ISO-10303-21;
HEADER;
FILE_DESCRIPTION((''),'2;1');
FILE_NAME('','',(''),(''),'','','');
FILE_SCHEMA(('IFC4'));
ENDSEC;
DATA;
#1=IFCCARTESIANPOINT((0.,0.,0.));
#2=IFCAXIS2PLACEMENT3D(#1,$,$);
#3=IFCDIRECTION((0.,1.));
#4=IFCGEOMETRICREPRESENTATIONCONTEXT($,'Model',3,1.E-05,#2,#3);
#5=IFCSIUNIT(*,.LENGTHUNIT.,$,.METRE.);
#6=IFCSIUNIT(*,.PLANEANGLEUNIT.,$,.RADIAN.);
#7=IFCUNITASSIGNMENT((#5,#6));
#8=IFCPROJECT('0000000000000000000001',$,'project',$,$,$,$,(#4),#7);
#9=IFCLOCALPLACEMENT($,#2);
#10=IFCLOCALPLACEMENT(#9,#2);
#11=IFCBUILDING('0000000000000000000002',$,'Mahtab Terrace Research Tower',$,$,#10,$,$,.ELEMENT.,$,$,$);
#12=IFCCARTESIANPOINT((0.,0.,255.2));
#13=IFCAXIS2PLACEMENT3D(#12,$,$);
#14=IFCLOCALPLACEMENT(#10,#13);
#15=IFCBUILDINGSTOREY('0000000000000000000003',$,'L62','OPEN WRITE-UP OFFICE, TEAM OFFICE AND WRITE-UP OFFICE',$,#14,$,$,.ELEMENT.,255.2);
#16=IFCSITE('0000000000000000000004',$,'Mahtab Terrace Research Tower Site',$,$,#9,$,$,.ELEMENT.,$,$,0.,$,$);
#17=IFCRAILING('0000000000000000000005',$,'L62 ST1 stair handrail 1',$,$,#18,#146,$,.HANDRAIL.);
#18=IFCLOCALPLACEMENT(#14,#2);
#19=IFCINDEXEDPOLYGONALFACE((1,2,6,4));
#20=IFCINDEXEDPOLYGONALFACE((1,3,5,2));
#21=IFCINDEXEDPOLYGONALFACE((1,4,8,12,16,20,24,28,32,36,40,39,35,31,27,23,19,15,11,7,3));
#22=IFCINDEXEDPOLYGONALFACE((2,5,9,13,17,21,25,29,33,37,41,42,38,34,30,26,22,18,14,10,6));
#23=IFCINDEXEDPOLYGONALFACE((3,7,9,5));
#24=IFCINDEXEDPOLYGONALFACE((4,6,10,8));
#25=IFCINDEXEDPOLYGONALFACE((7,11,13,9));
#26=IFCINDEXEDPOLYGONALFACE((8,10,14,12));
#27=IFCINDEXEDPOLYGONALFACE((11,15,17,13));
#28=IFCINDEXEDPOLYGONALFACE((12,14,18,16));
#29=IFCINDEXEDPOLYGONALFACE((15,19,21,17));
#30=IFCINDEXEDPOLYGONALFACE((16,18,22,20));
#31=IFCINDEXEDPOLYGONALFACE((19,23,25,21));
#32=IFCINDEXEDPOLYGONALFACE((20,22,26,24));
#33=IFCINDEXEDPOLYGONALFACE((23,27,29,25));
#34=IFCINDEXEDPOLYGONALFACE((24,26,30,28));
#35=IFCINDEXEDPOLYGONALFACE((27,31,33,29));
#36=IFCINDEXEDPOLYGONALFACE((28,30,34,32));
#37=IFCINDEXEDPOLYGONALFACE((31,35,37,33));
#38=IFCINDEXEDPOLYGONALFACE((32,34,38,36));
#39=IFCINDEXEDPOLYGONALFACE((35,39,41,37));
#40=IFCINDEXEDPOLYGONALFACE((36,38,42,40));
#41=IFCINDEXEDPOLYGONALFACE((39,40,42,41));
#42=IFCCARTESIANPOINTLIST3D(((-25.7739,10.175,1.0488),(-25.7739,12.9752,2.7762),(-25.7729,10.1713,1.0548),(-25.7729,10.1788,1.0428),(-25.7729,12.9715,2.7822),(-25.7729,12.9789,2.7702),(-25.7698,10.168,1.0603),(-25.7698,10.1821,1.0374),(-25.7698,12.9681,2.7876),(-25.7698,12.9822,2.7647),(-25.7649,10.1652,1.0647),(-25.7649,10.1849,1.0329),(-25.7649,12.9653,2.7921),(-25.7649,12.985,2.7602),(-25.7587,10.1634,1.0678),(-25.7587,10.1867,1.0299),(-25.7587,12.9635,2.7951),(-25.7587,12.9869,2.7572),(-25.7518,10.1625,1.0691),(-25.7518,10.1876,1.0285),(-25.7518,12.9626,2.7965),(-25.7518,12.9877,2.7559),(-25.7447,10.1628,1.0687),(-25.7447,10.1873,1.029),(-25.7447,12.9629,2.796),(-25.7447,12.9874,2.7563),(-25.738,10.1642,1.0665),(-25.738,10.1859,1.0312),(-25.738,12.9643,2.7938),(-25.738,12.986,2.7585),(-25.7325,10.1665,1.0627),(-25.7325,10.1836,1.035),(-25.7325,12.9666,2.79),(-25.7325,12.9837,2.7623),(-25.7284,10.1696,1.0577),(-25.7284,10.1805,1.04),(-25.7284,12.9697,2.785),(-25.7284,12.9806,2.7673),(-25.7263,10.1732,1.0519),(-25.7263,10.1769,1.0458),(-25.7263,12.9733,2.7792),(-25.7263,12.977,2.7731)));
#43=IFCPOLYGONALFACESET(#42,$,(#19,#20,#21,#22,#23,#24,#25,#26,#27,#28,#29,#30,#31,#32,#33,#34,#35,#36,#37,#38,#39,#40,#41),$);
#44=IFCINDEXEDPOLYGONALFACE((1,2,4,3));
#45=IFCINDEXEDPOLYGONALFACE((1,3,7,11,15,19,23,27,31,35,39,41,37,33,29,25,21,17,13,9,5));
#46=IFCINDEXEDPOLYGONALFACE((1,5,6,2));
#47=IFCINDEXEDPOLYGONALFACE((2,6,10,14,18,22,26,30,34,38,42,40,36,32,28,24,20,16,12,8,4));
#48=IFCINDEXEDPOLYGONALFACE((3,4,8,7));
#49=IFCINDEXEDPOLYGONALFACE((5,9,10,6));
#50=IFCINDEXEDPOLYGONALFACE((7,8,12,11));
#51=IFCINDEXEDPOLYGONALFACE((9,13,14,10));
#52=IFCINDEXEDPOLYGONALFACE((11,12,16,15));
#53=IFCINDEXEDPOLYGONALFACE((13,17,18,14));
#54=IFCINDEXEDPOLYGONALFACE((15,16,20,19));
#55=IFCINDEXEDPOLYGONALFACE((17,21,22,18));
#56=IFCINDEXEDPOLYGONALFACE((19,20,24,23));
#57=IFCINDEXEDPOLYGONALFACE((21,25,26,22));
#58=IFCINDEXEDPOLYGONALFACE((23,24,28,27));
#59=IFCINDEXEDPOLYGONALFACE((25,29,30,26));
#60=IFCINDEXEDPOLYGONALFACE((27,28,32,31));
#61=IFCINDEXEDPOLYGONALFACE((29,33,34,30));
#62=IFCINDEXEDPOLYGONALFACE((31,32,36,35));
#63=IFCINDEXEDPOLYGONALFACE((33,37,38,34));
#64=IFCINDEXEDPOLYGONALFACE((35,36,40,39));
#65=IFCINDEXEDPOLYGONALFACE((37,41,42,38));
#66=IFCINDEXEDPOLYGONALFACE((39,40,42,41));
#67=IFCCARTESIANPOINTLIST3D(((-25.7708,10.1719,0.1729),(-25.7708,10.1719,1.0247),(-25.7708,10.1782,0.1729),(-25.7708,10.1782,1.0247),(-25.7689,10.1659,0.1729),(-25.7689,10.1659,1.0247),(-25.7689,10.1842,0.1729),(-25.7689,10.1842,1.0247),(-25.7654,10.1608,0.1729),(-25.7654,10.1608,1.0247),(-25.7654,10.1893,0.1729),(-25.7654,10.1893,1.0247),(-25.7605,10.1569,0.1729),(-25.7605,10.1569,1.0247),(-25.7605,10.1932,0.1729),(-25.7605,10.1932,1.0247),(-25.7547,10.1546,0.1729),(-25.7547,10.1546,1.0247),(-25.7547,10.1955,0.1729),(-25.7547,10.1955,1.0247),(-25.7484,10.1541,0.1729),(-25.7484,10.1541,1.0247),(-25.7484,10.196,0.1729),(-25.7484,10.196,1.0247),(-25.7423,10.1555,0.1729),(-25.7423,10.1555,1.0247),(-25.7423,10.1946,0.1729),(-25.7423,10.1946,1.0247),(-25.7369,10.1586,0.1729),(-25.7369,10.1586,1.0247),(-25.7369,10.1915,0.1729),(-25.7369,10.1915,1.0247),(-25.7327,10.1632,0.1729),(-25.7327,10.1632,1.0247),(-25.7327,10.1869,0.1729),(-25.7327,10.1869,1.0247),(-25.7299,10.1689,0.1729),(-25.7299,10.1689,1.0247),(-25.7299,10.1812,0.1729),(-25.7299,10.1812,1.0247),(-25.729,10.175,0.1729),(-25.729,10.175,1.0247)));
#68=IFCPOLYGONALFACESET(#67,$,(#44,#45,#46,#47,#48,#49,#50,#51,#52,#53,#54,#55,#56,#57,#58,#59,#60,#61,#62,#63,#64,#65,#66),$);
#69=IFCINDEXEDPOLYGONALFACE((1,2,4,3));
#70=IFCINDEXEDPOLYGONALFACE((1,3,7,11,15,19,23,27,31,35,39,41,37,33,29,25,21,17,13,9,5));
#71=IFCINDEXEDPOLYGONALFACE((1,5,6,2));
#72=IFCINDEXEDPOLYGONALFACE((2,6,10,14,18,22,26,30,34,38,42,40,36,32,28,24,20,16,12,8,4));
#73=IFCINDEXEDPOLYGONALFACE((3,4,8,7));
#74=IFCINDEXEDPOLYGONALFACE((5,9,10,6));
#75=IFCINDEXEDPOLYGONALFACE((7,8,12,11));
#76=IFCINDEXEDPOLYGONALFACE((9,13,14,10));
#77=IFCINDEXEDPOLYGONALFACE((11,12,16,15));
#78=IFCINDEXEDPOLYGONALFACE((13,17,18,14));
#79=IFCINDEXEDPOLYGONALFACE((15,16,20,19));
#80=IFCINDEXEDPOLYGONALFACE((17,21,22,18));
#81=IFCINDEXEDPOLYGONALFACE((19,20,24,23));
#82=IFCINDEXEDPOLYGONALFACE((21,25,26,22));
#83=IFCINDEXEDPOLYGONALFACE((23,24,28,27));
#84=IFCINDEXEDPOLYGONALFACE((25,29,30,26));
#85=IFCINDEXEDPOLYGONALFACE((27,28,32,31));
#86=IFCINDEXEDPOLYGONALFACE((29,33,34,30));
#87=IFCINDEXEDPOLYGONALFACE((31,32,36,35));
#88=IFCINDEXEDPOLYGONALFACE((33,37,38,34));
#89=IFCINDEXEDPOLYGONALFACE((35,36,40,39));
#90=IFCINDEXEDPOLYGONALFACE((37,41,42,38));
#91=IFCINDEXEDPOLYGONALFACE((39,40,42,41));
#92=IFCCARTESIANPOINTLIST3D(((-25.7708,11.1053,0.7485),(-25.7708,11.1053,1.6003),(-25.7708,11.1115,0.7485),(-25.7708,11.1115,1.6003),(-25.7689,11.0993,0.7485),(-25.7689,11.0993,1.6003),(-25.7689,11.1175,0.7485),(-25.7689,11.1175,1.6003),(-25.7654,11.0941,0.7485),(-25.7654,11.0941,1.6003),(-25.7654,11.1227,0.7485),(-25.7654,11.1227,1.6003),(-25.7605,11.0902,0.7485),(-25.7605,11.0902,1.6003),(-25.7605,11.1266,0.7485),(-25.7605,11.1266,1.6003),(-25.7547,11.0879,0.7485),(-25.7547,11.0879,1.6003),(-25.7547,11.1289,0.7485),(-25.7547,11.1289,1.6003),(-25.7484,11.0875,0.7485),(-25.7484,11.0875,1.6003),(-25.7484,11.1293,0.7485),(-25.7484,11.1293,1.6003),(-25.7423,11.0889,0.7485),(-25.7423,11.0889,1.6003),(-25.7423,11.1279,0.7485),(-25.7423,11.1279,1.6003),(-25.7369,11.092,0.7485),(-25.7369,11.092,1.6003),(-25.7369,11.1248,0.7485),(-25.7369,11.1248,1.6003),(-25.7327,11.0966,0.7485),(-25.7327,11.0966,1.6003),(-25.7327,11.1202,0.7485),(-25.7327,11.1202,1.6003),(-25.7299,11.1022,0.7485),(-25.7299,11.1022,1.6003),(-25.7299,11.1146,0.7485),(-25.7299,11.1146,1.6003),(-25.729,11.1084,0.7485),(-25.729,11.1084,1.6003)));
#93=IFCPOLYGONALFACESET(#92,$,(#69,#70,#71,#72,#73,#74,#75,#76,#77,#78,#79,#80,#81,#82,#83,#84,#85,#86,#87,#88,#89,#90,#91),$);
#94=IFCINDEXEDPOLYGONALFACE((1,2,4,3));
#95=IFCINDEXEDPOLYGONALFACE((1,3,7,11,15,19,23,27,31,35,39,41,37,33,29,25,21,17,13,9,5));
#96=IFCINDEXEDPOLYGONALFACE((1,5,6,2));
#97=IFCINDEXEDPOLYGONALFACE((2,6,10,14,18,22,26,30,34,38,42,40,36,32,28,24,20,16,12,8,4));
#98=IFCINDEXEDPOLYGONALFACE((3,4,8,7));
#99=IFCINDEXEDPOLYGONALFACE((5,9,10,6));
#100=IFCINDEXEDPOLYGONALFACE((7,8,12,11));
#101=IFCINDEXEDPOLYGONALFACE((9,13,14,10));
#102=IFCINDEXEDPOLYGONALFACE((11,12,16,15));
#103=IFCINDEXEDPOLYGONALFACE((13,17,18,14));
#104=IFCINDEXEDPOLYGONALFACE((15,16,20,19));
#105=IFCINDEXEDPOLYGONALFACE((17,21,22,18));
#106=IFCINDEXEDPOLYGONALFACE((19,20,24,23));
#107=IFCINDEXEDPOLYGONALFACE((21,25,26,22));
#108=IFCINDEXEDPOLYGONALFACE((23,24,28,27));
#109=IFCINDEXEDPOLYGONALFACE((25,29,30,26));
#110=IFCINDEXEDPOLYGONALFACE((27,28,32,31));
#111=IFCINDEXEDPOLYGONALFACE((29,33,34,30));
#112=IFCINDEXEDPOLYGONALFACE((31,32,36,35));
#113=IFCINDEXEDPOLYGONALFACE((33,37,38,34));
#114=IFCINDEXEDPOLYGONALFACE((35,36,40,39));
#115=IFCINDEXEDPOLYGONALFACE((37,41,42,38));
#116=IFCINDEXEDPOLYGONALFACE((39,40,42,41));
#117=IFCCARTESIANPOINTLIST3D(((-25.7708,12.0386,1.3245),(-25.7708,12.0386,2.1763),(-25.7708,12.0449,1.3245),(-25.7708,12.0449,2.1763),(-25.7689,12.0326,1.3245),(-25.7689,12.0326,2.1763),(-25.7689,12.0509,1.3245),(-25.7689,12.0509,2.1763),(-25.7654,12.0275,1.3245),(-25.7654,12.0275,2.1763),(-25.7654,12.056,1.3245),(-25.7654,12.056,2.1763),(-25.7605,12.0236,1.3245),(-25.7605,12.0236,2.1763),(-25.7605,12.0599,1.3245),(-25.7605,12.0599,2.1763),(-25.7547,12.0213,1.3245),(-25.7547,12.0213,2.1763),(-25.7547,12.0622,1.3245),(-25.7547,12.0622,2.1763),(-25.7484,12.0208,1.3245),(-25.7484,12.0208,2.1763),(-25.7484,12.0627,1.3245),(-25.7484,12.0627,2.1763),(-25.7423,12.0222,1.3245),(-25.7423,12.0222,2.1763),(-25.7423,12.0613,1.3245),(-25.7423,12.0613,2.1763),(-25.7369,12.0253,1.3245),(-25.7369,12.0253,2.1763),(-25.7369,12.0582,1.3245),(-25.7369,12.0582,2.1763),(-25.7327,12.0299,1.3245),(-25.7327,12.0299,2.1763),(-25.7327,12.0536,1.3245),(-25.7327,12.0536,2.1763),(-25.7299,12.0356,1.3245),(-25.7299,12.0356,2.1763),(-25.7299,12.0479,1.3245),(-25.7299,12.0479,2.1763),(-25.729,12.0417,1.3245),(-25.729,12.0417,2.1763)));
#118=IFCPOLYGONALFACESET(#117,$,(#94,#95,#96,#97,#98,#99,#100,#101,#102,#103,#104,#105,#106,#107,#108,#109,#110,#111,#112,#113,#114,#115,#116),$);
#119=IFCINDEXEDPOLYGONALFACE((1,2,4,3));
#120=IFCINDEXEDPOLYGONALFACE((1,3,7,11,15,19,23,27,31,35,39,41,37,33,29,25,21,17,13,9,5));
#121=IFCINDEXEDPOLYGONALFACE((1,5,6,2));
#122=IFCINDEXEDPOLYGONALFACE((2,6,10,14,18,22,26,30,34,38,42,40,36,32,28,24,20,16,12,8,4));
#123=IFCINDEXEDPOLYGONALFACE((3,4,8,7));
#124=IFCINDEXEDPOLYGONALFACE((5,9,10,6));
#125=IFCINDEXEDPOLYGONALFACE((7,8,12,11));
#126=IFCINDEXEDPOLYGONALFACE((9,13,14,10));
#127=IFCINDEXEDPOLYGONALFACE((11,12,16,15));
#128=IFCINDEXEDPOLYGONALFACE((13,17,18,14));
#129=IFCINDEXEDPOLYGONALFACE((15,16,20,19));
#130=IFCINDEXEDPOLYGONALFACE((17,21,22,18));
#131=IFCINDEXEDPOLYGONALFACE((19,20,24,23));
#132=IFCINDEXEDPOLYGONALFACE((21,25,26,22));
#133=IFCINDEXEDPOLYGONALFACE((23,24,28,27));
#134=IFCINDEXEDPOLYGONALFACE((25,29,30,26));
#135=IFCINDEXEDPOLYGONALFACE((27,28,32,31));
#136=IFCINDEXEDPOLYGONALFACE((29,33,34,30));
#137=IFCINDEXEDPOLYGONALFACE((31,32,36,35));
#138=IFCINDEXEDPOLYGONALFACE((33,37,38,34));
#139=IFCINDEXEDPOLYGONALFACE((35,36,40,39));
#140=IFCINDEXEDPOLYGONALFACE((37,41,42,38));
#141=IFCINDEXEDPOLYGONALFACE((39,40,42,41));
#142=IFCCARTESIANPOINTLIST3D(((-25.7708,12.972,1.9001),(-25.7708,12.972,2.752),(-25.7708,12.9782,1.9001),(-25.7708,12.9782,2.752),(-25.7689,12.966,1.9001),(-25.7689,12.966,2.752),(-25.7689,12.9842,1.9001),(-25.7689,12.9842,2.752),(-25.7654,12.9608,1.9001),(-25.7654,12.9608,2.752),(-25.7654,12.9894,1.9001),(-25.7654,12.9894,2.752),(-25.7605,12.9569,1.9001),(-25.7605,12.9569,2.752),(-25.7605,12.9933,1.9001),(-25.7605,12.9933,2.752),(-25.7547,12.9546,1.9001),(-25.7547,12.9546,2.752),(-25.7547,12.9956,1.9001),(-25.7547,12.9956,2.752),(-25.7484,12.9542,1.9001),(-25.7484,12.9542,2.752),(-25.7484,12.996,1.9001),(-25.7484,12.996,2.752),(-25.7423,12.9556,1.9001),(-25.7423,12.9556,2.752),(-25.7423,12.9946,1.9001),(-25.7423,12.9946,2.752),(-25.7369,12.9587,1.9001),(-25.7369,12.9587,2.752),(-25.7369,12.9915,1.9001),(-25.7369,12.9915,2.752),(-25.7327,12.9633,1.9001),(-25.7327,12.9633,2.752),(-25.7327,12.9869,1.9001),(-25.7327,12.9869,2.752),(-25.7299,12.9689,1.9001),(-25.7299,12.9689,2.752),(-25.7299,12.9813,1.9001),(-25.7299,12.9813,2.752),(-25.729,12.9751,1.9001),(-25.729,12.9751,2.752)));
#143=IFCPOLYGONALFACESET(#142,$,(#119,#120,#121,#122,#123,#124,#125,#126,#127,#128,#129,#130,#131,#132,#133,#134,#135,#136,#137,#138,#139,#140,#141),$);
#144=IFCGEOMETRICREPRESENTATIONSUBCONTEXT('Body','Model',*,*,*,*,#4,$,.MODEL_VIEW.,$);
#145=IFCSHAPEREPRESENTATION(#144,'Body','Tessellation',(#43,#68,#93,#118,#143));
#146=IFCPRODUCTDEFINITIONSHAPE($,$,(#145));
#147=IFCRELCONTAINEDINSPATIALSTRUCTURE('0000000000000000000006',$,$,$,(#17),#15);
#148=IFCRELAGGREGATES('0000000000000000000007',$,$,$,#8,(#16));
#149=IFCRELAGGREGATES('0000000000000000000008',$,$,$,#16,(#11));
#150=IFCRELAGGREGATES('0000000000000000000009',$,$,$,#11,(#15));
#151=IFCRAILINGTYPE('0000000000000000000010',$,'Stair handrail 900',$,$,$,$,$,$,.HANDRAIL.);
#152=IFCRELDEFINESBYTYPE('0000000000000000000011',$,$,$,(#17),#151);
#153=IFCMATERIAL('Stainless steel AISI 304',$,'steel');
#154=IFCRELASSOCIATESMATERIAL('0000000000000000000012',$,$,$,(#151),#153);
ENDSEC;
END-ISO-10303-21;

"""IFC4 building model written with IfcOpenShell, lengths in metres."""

from ifc_helpers import new_model, si_unit, direction, frame, origin, origin_2d, place, context, subcontext, project, spatial, circle, extrude, material, type_object, element, save


model = new_model("IFC4")

# Units and contexts
model_context = context("Model", 3, precision=1e-05, world=origin(), true_north=direction((0.0, 1.0)))
body_context = subcontext(model_context, "Body", "Model", "MODEL_VIEW")
ifc_project = project(units=[si_unit("LENGTHUNIT", "METRE"), si_unit("PLANEANGLEUNIT", "RADIAN")], contexts=[model_context])

# Site, building, storey
site_placement = place(None, origin())
site = spatial("IfcSite", under=ifc_project, at=site_placement, Name="Mahtab Terrace Research Tower Site", CompositionType="ELEMENT", RefElevation=0.0)
building_placement = place(site_placement, origin())
building = spatial("IfcBuilding", under=site, at=building_placement, Name="Mahtab Terrace Research Tower", CompositionType="ELEMENT")
storey_placement = place(building_placement, frame((0.0, 0.0, 255.2)))
storey = spatial("IfcBuildingStorey", under=building, at=storey_placement, Name="L62", Description="OPEN WRITE-UP OFFICE, TEAM OFFICE AND WRITE-UP OFFICE", CompositionType="ELEMENT", Elevation=255.2)

# Railing
ifc_material_1 = material(Name="Stainless steel AISI 304", Category="steel")
railing_type_1 = type_object("IfcRailingType", Name="Stair handrail 900", PredefinedType="HANDRAIL", material=ifc_material_1)
railing_1_placement = place(storey_placement, frame((-25.75, 10.175, 0.1729)))
element("IfcRailing", 1, at=railing_1_placement, inside=storey, type_object=railing_type_1, Name="L62 ST1 stair handrail 1", PredefinedType="HANDRAIL", context=body_context, shape_type="SweptSolid", body=[
    extrude(circle(Radius=0.0239, at=origin_2d()), frame((0.0, 0.0, 0.876), z_axis=(0.0, 0.85109, 0.52502), x_axis=(-1.0, 0.0, 0.0)), (0.0, 0.0, 1.0), 3.29),
    extrude(circle(Radius=0.021, at=origin_2d()), origin(), (0.0, 0.0, 1.0), 0.8518),
    extrude(circle(Radius=0.021, at=origin_2d()), frame((0.0, 0.9333, 0.5757)), (0.0, 0.0, 1.0), 0.8518),
    extrude(circle(Radius=0.021, at=origin_2d()), frame((0.0, 1.8667, 1.1516)), (0.0, 0.0, 1.0), 0.8518),
    extrude(circle(Radius=0.021, at=origin_2d()), frame((0.0, 2.8, 1.7273)), (0.0, 0.0, 1.0), 0.8518),
])

save(model, "model.ifc")
